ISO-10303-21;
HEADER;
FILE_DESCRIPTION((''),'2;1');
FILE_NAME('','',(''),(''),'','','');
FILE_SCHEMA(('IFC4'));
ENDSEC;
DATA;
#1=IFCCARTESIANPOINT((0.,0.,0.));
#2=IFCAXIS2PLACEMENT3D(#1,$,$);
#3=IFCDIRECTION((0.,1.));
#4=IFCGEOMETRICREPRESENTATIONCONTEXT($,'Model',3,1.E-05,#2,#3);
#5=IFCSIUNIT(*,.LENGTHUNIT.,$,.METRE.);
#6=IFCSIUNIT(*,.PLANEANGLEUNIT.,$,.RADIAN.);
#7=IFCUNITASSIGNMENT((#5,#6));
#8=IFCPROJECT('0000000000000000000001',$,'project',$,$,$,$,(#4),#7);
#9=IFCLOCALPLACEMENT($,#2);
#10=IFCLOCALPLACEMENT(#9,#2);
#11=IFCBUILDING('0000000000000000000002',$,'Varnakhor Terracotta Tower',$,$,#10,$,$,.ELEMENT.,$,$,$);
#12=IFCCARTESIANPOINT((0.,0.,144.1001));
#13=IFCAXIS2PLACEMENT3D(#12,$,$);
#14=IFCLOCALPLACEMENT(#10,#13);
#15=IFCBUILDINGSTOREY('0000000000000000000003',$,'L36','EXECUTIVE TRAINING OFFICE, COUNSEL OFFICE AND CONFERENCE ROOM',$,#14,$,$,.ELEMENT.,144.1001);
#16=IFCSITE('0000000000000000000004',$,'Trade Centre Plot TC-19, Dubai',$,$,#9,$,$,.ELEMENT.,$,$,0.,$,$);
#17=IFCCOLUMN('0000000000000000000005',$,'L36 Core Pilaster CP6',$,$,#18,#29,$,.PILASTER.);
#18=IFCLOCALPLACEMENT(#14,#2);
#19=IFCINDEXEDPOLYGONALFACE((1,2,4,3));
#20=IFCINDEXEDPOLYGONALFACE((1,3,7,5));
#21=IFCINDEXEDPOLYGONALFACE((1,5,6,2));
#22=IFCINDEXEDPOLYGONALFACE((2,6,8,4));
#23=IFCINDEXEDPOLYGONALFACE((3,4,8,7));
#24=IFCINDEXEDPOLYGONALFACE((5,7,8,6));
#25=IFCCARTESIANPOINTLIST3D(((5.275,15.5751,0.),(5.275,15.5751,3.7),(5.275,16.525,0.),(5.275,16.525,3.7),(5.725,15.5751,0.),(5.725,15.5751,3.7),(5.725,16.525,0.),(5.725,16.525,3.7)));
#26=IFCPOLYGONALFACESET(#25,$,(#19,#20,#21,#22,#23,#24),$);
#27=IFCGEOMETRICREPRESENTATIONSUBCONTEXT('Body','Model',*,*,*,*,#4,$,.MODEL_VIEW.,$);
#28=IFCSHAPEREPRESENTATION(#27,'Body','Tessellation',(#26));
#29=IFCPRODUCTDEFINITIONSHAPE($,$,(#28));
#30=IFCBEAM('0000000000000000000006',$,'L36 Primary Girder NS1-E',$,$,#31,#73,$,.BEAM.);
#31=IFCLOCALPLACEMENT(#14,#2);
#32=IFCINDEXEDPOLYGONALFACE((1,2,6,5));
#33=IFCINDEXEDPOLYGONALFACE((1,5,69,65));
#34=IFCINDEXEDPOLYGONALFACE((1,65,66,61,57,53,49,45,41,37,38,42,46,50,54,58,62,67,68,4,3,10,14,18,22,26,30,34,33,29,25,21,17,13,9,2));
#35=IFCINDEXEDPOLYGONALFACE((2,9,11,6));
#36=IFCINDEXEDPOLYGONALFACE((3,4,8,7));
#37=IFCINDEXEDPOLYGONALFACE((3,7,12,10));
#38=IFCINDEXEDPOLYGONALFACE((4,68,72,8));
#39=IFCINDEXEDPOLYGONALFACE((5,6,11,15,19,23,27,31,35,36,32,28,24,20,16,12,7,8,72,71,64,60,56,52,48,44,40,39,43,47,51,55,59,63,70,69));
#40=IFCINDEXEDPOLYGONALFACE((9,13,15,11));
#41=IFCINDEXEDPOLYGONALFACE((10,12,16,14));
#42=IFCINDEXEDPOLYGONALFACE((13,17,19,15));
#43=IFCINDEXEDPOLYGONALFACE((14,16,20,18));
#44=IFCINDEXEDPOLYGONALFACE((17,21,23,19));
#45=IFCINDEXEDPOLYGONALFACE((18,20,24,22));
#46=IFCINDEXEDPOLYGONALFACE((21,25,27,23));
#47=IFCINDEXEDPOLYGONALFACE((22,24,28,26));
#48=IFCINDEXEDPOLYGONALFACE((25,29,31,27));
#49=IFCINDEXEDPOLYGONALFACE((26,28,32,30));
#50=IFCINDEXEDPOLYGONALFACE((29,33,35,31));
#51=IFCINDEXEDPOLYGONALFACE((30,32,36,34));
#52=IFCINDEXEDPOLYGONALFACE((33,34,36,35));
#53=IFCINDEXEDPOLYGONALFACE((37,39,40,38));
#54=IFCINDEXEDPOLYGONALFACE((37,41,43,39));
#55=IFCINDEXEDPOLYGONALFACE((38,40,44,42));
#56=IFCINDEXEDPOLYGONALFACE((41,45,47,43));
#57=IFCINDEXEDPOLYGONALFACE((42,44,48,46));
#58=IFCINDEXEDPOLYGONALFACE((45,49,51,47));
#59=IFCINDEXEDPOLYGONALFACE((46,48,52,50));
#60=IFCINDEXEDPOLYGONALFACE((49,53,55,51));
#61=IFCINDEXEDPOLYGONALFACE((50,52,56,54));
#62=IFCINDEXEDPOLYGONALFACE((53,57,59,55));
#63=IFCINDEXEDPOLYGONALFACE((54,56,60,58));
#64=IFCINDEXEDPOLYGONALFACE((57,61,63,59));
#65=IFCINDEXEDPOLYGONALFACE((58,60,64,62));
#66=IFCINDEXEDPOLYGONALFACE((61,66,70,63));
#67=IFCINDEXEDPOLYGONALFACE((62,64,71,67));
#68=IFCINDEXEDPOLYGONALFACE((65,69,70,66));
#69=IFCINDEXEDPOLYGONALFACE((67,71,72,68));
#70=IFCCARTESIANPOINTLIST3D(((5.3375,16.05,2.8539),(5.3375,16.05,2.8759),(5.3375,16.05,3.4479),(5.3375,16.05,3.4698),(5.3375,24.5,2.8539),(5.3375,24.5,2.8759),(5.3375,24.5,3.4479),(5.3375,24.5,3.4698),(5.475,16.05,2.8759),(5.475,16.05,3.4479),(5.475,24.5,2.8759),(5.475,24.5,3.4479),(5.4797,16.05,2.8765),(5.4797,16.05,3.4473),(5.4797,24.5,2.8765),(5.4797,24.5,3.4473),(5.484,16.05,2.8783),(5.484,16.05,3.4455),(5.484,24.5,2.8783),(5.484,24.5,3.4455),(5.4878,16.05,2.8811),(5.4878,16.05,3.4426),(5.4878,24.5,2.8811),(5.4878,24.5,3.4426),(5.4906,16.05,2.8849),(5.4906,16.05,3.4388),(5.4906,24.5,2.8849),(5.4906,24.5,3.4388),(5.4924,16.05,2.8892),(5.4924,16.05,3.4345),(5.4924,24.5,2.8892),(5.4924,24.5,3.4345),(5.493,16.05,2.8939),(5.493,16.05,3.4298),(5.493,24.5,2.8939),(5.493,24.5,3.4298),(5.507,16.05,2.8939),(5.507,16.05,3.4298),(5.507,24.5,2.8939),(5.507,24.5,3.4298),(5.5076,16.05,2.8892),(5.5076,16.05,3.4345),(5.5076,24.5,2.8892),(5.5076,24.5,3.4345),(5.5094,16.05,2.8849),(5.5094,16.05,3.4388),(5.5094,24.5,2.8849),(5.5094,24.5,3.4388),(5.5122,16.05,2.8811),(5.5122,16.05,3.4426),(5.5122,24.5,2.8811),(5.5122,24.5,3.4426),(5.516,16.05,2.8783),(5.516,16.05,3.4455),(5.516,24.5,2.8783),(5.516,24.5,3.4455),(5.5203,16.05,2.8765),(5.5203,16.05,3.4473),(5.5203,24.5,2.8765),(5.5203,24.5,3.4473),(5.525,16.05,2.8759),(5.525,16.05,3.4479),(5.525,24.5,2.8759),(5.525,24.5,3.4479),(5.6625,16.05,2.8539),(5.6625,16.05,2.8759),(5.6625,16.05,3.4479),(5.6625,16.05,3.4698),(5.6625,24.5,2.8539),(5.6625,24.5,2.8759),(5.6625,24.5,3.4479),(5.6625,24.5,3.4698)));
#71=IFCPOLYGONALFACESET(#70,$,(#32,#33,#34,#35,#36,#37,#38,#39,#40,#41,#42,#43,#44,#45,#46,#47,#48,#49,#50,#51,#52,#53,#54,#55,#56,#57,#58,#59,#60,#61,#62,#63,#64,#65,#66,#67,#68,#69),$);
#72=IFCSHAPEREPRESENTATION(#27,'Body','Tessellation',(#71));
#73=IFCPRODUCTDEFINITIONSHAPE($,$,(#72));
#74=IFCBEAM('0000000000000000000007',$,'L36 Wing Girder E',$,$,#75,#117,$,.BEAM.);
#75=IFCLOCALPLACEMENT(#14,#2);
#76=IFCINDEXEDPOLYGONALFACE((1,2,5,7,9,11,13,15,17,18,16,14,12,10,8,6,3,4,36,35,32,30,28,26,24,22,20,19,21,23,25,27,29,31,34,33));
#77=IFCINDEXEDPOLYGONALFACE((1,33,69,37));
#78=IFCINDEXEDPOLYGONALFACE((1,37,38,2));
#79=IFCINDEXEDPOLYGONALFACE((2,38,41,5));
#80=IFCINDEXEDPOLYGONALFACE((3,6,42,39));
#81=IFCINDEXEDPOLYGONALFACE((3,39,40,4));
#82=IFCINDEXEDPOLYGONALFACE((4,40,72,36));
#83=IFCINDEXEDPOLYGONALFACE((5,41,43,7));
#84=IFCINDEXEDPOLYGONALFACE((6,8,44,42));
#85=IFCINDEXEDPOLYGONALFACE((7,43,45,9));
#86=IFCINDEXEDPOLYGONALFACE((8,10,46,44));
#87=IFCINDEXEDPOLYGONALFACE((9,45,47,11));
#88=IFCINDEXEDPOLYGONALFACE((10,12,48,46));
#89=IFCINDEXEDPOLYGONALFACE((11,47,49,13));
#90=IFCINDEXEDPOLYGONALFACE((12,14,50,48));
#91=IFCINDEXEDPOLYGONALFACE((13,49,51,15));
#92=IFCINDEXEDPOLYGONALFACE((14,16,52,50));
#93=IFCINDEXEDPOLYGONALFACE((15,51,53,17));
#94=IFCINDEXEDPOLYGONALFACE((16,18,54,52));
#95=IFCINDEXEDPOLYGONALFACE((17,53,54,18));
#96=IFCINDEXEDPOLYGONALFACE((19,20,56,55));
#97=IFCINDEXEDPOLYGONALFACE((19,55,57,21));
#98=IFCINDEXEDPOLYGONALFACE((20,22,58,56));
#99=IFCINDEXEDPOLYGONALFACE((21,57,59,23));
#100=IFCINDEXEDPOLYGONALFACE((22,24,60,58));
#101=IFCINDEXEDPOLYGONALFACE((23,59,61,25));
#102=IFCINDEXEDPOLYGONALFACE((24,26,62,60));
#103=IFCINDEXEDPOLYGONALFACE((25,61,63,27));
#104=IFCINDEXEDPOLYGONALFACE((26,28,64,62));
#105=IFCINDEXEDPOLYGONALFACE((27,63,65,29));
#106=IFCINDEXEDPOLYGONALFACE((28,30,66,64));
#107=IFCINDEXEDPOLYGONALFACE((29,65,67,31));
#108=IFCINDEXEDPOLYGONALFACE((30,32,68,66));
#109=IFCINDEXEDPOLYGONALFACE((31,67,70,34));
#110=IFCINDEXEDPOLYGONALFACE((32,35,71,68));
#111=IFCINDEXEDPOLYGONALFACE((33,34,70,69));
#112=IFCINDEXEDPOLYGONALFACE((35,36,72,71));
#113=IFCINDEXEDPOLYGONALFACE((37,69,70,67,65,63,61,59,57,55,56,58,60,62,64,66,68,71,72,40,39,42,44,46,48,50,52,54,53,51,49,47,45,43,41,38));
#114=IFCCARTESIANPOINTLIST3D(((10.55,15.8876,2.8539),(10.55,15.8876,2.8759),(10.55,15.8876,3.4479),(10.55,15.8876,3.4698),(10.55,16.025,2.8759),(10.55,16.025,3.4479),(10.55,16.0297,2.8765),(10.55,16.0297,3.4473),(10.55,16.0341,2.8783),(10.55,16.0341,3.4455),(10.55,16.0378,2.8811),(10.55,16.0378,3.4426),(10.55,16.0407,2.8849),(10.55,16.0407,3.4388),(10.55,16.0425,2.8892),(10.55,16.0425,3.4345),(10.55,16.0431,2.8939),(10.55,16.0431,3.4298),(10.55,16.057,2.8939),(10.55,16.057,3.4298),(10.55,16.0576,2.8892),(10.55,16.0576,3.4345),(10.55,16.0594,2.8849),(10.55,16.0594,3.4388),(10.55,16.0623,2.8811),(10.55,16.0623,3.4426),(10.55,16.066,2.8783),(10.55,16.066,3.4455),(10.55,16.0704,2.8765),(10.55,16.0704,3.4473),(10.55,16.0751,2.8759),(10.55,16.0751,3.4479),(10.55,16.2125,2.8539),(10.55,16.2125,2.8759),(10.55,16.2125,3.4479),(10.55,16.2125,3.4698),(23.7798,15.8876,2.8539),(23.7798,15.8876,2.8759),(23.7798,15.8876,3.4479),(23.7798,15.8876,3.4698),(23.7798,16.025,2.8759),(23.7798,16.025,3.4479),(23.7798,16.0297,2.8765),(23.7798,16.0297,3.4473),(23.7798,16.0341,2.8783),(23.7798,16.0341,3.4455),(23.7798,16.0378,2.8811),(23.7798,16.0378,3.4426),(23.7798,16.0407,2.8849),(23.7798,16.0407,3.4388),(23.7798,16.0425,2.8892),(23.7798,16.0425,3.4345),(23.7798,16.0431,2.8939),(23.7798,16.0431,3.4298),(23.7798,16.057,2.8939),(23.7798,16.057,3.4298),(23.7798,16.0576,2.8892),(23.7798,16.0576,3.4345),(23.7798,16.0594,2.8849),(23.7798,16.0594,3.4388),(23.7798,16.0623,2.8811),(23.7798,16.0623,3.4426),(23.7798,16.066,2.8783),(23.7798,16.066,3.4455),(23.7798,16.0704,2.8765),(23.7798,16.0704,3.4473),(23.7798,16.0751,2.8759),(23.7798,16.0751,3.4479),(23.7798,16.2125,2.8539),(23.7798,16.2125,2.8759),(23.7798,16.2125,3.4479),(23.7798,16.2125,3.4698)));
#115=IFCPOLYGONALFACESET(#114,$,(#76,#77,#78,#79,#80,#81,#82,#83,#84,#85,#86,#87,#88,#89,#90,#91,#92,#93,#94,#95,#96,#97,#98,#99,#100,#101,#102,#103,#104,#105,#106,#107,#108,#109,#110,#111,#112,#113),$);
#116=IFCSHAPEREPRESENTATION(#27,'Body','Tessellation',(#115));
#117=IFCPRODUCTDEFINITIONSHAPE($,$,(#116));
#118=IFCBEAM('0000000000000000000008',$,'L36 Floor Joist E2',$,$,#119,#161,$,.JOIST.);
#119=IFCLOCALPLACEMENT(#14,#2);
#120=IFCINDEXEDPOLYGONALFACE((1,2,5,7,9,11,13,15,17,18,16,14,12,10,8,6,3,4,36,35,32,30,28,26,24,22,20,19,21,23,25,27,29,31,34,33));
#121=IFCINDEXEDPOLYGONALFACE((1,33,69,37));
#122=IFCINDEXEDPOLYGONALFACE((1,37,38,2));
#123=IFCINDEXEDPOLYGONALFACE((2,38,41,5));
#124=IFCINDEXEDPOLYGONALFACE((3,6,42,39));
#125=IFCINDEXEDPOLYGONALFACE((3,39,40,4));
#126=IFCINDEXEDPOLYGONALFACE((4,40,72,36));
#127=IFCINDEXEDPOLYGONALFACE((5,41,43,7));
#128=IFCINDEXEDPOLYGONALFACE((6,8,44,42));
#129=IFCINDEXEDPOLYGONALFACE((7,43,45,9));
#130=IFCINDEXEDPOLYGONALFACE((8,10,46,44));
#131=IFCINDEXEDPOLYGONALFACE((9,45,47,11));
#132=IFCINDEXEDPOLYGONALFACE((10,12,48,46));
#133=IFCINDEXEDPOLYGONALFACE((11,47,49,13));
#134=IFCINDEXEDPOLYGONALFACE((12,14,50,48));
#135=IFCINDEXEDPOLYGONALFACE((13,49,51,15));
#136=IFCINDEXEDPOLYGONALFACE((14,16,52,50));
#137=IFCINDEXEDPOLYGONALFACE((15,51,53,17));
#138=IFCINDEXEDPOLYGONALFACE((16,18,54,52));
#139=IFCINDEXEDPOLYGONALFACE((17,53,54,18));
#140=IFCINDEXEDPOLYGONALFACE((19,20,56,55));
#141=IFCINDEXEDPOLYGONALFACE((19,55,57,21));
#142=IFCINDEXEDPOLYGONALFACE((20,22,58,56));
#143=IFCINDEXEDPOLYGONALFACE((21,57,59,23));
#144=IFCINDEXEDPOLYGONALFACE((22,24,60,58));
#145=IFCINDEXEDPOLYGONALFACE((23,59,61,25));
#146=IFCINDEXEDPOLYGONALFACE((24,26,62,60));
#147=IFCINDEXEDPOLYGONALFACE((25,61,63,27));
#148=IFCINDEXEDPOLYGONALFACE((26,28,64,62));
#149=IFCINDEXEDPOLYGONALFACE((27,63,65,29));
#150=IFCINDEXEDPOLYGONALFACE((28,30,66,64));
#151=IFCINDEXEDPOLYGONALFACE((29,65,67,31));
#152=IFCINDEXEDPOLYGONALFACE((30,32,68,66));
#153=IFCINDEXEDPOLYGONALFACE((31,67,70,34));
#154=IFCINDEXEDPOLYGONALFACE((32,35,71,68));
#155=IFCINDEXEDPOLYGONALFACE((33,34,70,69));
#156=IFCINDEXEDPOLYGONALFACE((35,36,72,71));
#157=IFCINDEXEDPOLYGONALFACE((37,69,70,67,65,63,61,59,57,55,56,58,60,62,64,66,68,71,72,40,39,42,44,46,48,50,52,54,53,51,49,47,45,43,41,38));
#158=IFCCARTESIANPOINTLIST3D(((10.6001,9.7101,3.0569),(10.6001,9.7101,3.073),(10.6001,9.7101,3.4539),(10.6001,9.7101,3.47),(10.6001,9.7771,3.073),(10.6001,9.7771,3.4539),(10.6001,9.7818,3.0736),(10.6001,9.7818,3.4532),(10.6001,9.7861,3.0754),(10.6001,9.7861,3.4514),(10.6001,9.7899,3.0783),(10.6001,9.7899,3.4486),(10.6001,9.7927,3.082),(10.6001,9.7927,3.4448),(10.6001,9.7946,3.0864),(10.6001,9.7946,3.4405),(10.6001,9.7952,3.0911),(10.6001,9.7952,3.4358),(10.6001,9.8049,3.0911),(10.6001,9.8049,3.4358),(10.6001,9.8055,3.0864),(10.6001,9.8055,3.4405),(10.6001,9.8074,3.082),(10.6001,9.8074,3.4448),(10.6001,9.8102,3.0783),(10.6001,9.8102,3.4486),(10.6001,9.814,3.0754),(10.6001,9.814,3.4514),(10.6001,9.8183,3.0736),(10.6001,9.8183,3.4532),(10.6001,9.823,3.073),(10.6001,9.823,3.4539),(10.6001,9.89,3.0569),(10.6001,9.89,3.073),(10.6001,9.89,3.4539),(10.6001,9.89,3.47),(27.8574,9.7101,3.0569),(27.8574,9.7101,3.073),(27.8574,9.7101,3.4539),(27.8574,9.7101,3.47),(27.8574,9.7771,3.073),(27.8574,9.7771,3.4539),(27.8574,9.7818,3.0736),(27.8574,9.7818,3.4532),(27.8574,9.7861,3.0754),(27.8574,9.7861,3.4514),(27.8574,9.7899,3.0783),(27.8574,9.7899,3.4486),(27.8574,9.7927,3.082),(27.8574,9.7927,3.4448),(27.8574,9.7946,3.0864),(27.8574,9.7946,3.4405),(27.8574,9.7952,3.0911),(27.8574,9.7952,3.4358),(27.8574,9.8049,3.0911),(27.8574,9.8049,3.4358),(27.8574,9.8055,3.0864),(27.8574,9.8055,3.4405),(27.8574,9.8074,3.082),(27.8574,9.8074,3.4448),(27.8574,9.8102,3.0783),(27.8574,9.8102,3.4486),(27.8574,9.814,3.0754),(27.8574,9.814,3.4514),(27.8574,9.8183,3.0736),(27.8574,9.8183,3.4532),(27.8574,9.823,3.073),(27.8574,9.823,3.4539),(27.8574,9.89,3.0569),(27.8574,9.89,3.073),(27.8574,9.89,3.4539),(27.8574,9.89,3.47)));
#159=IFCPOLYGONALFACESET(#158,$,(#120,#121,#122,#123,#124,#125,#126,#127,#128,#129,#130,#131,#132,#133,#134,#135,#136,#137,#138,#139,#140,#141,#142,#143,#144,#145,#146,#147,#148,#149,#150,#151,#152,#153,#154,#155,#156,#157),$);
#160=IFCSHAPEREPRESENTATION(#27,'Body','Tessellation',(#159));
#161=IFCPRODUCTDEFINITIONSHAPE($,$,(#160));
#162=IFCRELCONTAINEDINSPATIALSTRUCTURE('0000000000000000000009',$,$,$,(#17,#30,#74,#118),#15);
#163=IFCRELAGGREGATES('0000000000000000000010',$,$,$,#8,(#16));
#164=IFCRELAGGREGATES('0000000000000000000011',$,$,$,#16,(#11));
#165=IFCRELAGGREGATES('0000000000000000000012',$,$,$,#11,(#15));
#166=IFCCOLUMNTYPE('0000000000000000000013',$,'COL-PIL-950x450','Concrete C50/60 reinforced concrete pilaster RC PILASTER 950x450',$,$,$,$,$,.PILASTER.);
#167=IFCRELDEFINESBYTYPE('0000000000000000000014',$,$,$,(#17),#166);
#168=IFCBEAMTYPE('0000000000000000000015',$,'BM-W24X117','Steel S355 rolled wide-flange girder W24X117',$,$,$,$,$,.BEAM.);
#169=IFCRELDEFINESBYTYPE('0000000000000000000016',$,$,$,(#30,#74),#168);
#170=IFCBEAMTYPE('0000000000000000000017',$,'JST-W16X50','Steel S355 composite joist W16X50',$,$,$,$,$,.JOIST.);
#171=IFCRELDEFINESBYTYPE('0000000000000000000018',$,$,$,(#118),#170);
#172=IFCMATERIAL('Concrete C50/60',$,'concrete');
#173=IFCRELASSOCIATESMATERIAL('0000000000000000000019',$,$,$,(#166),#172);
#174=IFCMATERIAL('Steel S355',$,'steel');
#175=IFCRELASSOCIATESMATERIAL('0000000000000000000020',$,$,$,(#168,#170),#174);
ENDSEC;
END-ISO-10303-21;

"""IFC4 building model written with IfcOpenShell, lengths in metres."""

from ifc_helpers import new_model, si_unit, direction, frame, origin, origin_2d, place, context, subcontext, project, spatial, rectangle, i_section, extrude, source, transform, mapped, material, material_profile, profile_set, type_object, type_shapes, element, save


model = new_model("IFC4")

# Units and contexts
model_context = context("Model", 3, precision=1e-05, world=origin(), true_north=direction((0.0, 1.0)))
body_context = subcontext(model_context, "Body", "Model", "MODEL_VIEW")
ifc_project = project(units=[si_unit("LENGTHUNIT", "METRE"), si_unit("PLANEANGLEUNIT", "RADIAN")], contexts=[model_context])

# Site, building, storey
site_placement = place(None, origin())
site = spatial("IfcSite", under=ifc_project, at=site_placement, Name="Trade Centre Plot TC-19, Dubai", CompositionType="ELEMENT", RefElevation=0.0)
building_placement = place(site_placement, origin())
building = spatial("IfcBuilding", under=site, at=building_placement, Name="Varnakhor Terracotta Tower", CompositionType="ELEMENT")
storey_placement = place(building_placement, frame((0.0, 0.0, 144.1001)))
storey = spatial("IfcBuildingStorey", under=building, at=storey_placement, Name="L36", Description="EXECUTIVE TRAINING OFFICE, COUNSEL OFFICE AND CONFERENCE ROOM", CompositionType="ELEMENT", Elevation=144.1001)

# Column
ifc_material_1 = material(Name="Concrete C50/60", Category="concrete")
ifc_material_profile_1 = material_profile(ifc_material_1, rectangle(XDim=0.45, YDim=0.95, at=origin_2d()), Name="RC PILASTER 950x450")
ifc_profile_set_1 = profile_set([ifc_material_profile_1], Name="Concrete C50/60")
column_type = type_object("IfcColumnType", Name="COL-PIL-950x450", Description="Concrete C50/60 reinforced concrete pilaster RC PILASTER 950x450", PredefinedType="PILASTER", material=ifc_profile_set_1)
shared_shape_1 = source(origin(), body_context, "Body", "SweptSolid", [
    extrude(rectangle(XDim=0.45, YDim=0.95, at=origin_2d()), origin(), (0.0, 0.0, 1.0), 3.7),
])
column_placement = place(storey_placement, frame((5.5, 16.05, 0.0), z_axis=(0.0, 0.0, 1.0), x_axis=(1.0, 0.0, 0.0)))
element("IfcColumn", 1, at=column_placement, inside=storey, type_object=column_type, Name="L36 Core Pilaster CP6", PredefinedType="PILASTER", context=body_context, shape_type="MappedRepresentation", body=[
    mapped(shared_shape_1, transform((0.0, 0.0, 0.0), scale=1.0)),
])

# Beams
ifc_material_2 = material(Name="Steel S355", Category="steel")
ifc_material_profile_2 = material_profile(ifc_material_2, i_section(OverallWidth=0.325, OverallDepth=0.616, WebThickness=0.0139, FlangeThickness=0.022, FilletRadius=0.0181, at=origin_2d()), Name="W24X117")
ifc_profile_set_2 = profile_set([ifc_material_profile_2], Name="Steel S355")
beam_type_1 = type_object("IfcBeamType", Name="BM-W24X117", Description="Steel S355 rolled wide-flange girder W24X117", PredefinedType="BEAM", material=ifc_profile_set_2)
shared_shape_2 = source(origin(), body_context, "Body", "SweptSolid", [
    extrude(i_section(OverallWidth=0.325, OverallDepth=0.616, WebThickness=0.0139, FlangeThickness=0.022, FilletRadius=0.0181, at=origin_2d()), origin(), (0.0, 0.0, 1.0), 8.45),
])
type_shapes(beam_type_1, [shared_shape_2])
beam_1_placement = place(storey_placement, frame((5.5, 16.05, 3.1619), z_axis=(0.0, 1.0, 0.0), x_axis=(-1.0, 0.0, 0.0)))
element("IfcBeam", 2, at=beam_1_placement, inside=storey, type_object=beam_type_1, Name="L36 Primary Girder NS1-E", PredefinedType="BEAM", context=body_context, shape_type="MappedRepresentation", body=[
    mapped(shared_shape_2, transform((0.0, 0.0, 0.0), scale=1.0)),
])
shared_shape_3 = source(origin(), body_context, "Body", "SweptSolid", [
    extrude(i_section(OverallWidth=0.325, OverallDepth=0.616, WebThickness=0.0139, FlangeThickness=0.022, FilletRadius=0.0181, at=origin_2d()), origin(), (0.0, 0.0, 1.0), 13.2297),
])
beam_2_placement = place(storey_placement, frame((10.55, 16.05, 3.1619), z_axis=(1.0, 0.0, 0.0), x_axis=(0.0, 1.0, 0.0)))
element("IfcBeam", 3, at=beam_2_placement, inside=storey, type_object=beam_type_1, Name="L36 Wing Girder E", PredefinedType="BEAM", context=body_context, shape_type="MappedRepresentation", body=[
    mapped(shared_shape_3, transform((0.0, 0.0, 0.0), scale=1.0)),
])
ifc_material_profile_3 = material_profile(ifc_material_2, i_section(OverallWidth=0.1799, OverallDepth=0.4131, WebThickness=0.0098, FlangeThickness=0.0161, FilletRadius=0.0181, at=origin_2d()), Name="W16X50")
ifc_profile_set_3 = profile_set([ifc_material_profile_3], Name="Steel S355")
beam_type_2 = type_object("IfcBeamType", Name="JST-W16X50", Description="Steel S355 composite joist W16X50", PredefinedType="JOIST", material=ifc_profile_set_3)
shared_shape_4 = source(origin(), body_context, "Body", "SweptSolid", [
    extrude(i_section(OverallWidth=0.1799, OverallDepth=0.4131, WebThickness=0.0098, FlangeThickness=0.0161, FilletRadius=0.0181, at=origin_2d()), origin(), (0.0, 0.0, 1.0), 17.2573),
])
beam_3_placement = place(storey_placement, frame((10.6001, 9.8, 3.2634), z_axis=(1.0, 0.0, 0.0), x_axis=(0.0, 1.0, 0.0)))
element("IfcBeam", 4, at=beam_3_placement, inside=storey, type_object=beam_type_2, Name="L36 Floor Joist E2", PredefinedType="JOIST", context=body_context, shape_type="MappedRepresentation", body=[
    mapped(shared_shape_4, transform((0.0, 0.0, 0.0), scale=1.0)),
])

save(model, "model.ifc")
